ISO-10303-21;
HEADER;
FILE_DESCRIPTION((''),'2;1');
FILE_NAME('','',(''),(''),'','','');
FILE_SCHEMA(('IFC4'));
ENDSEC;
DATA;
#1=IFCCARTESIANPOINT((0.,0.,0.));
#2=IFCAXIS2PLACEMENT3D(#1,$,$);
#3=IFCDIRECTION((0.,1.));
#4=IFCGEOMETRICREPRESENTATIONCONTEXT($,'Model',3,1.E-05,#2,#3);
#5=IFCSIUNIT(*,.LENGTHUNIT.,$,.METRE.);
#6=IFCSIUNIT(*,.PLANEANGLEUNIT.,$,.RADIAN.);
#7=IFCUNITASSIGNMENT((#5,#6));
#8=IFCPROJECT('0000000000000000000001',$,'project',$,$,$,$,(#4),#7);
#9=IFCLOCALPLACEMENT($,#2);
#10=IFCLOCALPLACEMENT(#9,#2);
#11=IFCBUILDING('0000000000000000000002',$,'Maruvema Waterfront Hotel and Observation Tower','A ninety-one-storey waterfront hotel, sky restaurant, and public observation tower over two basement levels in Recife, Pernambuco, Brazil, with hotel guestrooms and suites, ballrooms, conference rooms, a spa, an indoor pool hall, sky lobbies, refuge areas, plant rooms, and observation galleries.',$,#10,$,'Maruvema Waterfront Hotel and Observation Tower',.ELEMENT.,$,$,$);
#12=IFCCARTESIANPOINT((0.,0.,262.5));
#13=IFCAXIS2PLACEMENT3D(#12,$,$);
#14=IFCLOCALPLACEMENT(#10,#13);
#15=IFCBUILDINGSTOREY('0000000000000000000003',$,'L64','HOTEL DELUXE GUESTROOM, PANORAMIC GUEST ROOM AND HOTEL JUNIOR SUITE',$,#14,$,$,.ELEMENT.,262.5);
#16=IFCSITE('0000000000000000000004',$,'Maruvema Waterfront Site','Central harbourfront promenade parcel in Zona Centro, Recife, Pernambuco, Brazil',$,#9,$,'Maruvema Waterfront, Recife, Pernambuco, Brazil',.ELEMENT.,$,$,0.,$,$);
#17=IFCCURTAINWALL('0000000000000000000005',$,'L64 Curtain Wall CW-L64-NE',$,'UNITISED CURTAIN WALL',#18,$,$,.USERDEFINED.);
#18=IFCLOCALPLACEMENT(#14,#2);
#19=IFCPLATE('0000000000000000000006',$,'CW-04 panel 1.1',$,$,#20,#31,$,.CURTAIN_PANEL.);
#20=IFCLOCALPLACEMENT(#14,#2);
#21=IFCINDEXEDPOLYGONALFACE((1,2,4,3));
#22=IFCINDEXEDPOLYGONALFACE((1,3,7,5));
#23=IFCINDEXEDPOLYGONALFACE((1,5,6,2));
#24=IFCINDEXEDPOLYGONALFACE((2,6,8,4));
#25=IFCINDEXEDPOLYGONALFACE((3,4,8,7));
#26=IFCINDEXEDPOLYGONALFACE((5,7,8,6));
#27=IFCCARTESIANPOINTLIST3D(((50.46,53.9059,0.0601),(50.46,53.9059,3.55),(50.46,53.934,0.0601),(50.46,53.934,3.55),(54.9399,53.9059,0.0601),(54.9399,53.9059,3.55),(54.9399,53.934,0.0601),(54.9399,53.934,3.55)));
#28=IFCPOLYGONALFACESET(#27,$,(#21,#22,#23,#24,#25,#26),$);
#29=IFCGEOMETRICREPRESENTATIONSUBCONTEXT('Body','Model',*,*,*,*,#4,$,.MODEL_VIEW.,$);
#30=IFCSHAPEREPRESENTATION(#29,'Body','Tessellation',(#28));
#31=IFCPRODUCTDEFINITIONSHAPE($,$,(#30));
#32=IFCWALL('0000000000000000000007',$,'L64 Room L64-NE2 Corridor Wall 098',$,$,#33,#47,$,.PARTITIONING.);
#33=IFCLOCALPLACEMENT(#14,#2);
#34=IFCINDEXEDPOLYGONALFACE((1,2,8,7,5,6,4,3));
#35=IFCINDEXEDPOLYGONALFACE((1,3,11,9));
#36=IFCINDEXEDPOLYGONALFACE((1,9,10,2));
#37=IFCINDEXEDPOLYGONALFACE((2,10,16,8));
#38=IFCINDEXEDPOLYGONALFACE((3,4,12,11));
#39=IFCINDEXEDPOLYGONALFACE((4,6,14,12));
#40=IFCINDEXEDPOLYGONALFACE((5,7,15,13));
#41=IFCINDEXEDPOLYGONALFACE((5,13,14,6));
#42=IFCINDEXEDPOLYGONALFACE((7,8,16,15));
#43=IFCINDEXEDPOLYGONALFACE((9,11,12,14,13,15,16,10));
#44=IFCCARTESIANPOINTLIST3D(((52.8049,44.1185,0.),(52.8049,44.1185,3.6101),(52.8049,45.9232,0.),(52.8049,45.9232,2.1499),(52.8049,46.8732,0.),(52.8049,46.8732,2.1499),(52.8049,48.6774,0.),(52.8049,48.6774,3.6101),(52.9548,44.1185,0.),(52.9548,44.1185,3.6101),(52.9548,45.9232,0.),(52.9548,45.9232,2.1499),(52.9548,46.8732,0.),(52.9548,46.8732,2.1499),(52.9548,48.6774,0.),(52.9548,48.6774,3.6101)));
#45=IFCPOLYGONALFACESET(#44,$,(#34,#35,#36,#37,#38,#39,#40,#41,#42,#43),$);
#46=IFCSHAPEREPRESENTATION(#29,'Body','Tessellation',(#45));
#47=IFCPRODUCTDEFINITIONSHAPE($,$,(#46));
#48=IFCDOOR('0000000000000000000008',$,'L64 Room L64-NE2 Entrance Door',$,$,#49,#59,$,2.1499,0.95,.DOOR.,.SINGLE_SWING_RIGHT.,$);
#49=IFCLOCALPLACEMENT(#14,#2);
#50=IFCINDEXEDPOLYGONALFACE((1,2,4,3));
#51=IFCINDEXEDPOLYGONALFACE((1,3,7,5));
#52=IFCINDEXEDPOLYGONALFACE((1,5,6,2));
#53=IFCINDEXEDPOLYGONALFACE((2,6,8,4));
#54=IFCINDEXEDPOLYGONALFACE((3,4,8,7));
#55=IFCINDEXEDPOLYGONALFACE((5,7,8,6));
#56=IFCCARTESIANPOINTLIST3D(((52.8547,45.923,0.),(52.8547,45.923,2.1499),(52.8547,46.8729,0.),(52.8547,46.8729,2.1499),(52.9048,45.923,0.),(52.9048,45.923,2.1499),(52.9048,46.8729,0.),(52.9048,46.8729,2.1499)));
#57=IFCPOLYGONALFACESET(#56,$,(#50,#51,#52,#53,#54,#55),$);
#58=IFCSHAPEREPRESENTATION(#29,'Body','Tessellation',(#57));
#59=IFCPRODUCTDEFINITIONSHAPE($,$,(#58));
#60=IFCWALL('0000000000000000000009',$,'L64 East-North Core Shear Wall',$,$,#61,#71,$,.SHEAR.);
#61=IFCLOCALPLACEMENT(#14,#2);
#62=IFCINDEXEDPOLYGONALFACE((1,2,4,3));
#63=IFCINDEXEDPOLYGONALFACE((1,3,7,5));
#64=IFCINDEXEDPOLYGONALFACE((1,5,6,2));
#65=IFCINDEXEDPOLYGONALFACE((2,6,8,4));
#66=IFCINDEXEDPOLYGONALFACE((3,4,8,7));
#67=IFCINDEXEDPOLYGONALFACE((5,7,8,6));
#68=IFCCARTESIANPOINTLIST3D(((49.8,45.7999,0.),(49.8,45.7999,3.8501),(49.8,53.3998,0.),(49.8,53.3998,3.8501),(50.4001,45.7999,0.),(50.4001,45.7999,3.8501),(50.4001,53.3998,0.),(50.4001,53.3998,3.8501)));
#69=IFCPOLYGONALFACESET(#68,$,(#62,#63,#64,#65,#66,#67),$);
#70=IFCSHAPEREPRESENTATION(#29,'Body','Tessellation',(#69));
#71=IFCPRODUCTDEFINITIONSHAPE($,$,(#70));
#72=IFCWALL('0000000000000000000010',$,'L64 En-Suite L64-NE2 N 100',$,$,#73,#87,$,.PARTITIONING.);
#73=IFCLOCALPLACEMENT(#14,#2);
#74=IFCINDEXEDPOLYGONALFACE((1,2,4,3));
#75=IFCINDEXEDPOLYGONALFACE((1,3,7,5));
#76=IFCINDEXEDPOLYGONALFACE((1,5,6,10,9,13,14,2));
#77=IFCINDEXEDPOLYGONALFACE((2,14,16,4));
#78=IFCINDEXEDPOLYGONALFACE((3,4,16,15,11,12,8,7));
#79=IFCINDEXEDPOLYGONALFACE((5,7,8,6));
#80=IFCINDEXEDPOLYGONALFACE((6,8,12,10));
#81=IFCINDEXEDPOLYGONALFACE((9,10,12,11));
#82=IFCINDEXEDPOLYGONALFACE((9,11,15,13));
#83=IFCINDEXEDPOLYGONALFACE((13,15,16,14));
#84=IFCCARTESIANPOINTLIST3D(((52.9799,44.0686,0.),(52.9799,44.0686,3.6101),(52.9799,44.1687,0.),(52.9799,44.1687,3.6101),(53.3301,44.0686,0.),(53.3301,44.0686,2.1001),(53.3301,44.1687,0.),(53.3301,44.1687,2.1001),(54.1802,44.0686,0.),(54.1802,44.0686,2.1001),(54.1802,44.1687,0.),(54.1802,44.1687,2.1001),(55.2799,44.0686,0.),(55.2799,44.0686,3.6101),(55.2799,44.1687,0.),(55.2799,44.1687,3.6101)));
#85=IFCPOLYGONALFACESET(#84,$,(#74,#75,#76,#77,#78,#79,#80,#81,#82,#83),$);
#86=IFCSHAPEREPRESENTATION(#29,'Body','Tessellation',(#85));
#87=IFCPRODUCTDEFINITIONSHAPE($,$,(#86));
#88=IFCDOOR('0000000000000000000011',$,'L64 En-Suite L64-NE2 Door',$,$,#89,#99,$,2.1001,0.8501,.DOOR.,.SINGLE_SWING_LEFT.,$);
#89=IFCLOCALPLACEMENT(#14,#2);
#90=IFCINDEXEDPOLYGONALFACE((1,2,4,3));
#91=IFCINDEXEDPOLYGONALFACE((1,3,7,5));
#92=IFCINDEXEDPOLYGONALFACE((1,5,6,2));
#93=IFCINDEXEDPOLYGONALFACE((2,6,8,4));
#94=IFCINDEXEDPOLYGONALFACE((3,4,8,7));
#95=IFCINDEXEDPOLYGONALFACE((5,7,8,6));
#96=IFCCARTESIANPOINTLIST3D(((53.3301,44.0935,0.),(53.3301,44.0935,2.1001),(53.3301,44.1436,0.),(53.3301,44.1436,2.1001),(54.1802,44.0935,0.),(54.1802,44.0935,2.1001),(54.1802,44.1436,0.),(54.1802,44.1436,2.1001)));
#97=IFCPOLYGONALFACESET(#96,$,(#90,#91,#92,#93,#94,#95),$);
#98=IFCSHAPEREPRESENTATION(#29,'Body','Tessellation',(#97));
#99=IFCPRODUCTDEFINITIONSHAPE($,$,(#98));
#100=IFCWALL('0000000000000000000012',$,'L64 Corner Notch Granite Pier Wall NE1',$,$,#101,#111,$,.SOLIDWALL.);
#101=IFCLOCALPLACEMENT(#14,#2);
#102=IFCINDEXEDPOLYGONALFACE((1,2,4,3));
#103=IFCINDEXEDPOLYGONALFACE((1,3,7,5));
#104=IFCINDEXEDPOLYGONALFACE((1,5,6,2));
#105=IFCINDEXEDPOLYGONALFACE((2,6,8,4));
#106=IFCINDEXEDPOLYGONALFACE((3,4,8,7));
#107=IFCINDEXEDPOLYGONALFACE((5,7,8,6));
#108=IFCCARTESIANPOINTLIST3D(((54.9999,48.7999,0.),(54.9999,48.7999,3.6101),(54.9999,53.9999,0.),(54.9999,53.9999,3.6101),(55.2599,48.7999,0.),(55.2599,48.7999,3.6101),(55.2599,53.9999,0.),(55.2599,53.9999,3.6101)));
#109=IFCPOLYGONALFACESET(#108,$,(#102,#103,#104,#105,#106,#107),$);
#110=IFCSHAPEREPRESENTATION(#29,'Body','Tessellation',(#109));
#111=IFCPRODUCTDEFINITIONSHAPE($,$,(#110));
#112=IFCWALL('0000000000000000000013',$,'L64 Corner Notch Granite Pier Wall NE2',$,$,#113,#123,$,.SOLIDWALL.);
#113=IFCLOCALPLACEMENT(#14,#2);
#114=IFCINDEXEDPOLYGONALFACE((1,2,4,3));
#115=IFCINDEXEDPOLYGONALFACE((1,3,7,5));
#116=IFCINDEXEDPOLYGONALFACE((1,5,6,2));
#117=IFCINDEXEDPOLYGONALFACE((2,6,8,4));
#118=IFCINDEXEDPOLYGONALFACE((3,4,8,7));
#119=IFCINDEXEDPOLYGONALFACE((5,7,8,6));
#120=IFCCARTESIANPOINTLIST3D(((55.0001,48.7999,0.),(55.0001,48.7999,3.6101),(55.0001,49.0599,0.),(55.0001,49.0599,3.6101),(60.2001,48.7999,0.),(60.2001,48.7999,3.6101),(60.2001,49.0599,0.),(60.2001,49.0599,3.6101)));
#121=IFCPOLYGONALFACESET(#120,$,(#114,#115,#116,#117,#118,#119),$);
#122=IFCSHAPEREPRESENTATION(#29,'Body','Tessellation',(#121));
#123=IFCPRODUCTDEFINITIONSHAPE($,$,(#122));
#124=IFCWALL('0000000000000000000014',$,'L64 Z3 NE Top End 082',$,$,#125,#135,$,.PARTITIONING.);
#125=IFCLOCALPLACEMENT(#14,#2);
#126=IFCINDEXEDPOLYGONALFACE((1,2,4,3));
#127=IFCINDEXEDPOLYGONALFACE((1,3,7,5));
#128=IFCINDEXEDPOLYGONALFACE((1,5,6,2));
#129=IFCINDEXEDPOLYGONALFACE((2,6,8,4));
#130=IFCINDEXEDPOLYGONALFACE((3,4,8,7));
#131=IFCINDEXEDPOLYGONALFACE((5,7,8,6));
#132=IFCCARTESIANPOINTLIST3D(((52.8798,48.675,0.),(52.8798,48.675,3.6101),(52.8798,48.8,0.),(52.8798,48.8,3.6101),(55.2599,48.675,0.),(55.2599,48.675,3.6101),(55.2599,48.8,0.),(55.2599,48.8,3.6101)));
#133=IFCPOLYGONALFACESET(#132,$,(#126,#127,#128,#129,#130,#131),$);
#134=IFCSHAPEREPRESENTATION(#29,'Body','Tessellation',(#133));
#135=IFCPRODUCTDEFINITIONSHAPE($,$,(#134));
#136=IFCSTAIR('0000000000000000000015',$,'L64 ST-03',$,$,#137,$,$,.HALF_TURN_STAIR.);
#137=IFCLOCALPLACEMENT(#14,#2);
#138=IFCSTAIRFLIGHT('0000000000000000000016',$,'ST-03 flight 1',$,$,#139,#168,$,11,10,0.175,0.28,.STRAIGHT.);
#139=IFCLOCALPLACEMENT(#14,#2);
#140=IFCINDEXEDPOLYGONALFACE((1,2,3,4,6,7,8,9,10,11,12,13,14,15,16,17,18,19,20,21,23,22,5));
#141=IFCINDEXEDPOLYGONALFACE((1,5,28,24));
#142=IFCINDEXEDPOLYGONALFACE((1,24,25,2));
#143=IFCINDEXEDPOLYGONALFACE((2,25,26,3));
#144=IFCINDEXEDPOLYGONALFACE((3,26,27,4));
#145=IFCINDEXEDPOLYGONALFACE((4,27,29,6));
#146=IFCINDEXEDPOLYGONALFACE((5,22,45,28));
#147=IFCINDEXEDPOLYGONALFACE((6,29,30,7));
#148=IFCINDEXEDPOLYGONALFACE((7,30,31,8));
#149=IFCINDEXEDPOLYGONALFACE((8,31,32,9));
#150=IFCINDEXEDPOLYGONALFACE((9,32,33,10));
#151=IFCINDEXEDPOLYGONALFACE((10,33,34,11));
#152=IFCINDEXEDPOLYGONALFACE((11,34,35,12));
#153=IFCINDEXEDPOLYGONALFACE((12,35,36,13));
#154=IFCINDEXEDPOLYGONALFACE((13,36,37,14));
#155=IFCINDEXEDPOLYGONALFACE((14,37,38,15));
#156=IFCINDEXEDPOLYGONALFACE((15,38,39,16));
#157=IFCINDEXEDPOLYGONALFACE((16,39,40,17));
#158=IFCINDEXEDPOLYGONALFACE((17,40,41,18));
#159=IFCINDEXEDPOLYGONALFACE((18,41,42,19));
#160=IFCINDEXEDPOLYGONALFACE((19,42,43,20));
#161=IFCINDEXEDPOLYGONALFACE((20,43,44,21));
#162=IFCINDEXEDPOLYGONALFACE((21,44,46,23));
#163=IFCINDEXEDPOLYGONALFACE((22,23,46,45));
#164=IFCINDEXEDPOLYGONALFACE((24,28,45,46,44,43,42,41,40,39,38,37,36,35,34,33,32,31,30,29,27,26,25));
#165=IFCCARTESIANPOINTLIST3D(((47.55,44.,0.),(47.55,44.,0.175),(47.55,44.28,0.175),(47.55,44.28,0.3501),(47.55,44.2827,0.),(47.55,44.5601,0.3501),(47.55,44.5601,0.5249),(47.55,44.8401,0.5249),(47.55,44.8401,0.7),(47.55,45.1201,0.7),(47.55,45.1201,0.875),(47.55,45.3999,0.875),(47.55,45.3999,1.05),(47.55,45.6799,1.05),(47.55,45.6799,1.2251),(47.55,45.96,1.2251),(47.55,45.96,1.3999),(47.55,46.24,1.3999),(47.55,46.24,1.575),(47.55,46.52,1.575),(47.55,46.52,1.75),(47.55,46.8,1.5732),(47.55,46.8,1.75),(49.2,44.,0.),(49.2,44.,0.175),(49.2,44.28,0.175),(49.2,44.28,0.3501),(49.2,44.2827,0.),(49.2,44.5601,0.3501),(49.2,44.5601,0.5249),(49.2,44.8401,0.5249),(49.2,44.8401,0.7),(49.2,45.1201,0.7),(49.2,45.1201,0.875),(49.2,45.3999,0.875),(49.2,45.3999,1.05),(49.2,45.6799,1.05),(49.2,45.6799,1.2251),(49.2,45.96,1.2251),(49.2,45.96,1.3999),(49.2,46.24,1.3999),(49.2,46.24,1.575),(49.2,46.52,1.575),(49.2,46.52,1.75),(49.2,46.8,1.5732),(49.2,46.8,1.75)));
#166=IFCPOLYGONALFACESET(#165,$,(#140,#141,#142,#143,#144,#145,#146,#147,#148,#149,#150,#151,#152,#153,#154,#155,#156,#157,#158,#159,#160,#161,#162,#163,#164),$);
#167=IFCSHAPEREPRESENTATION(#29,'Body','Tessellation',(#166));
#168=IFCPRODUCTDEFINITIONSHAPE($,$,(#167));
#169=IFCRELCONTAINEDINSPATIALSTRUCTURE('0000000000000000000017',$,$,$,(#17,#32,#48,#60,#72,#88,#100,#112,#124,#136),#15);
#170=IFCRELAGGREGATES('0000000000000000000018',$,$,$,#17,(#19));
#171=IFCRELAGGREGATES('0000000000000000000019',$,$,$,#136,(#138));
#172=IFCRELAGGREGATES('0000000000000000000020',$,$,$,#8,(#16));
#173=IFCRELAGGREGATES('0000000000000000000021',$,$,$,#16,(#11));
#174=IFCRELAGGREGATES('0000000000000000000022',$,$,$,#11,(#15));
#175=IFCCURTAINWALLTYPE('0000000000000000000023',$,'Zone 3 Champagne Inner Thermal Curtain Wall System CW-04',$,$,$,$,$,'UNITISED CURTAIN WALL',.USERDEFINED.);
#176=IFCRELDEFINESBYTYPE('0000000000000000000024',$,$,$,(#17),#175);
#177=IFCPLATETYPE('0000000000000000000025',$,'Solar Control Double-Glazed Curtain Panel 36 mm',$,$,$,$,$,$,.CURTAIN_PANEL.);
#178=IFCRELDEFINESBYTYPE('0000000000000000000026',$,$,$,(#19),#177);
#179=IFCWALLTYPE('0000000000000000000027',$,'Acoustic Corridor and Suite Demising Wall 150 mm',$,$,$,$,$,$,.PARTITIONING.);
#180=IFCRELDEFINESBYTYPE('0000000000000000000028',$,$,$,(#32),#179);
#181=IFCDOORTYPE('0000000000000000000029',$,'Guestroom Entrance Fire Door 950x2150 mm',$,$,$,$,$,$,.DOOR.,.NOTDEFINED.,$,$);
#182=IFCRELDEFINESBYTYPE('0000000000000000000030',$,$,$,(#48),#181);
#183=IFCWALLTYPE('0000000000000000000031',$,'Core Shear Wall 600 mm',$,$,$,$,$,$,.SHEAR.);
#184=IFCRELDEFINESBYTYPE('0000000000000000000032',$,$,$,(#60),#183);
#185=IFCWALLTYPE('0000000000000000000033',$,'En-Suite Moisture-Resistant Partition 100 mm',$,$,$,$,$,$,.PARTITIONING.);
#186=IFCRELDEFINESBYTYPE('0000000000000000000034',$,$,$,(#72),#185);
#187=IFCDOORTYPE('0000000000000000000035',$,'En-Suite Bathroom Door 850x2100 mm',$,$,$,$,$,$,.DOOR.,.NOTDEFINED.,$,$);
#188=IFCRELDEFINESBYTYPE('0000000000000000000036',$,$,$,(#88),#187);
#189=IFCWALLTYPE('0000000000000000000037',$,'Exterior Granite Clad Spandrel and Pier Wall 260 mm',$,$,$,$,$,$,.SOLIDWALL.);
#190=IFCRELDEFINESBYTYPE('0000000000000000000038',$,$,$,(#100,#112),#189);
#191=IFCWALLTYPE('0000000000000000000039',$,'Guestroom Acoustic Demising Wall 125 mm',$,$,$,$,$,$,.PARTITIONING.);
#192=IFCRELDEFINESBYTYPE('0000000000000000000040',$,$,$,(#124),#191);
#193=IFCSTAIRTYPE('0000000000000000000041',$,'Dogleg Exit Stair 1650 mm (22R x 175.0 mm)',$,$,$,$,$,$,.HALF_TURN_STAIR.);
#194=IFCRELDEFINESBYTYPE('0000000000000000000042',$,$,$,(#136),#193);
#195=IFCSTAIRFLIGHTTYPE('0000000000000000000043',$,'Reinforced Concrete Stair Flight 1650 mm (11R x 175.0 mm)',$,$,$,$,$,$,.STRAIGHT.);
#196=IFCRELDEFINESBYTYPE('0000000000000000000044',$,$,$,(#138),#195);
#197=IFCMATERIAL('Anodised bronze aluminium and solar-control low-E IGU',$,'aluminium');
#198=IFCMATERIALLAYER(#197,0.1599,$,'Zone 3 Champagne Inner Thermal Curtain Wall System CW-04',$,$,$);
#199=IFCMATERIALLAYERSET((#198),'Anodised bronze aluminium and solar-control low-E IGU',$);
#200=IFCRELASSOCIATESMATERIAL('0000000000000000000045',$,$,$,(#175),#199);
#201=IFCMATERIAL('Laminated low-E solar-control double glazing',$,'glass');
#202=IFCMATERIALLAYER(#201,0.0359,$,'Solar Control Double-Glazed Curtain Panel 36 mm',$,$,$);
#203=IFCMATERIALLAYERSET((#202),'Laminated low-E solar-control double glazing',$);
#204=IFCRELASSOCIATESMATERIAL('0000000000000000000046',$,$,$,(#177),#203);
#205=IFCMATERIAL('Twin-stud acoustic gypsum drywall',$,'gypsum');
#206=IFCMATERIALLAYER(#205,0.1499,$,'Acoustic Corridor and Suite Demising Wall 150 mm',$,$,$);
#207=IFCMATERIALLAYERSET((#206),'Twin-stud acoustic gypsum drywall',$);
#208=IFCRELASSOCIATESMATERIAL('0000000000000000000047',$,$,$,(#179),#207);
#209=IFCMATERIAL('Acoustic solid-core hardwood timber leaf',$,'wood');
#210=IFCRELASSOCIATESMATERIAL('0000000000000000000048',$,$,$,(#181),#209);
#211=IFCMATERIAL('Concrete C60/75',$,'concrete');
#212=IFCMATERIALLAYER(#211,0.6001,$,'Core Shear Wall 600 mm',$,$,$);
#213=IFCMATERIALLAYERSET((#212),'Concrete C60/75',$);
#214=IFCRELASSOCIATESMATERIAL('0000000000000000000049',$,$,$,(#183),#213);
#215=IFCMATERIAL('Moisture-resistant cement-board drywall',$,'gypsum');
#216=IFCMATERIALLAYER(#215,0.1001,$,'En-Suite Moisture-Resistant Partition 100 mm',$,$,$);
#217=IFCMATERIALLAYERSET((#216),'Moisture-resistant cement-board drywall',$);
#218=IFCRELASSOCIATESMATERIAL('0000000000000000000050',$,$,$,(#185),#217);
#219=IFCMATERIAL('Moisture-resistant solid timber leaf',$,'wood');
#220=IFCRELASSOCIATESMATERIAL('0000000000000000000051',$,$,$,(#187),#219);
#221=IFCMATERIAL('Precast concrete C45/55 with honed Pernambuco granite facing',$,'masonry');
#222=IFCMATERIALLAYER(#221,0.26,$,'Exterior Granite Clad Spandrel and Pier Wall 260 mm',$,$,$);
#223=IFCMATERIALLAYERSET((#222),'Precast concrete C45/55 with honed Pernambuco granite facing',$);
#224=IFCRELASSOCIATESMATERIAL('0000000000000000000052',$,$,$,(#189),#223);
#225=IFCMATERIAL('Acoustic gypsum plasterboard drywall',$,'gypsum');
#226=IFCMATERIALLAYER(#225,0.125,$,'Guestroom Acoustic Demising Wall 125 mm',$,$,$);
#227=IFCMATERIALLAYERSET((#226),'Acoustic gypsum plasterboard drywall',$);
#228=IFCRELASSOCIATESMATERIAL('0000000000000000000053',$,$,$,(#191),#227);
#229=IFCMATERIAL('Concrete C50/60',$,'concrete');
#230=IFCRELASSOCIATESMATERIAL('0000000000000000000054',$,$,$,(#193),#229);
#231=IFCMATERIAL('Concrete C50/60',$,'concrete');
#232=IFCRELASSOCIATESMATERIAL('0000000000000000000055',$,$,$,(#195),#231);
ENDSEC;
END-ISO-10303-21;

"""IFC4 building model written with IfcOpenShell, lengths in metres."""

from ifc_helpers import new_model, si_unit, direction, frame, frame_2d, origin, origin_2d, place, context, subcontext, project, spatial, polyline, rectangle, outline, extrude, material, layer, layer_set, type_object, element, fill, aggregate, save


model = new_model("IFC4")

# Units and contexts
model_context = context("Model", 3, precision=1e-05, world=origin(), true_north=direction((0.0, 1.0)))
body_context = subcontext(model_context, "Body", "Model", "MODEL_VIEW")
ifc_project = project(units=[si_unit("LENGTHUNIT", "METRE"), si_unit("PLANEANGLEUNIT", "RADIAN")], contexts=[model_context])

# Site, building, storey
site_placement = place(None, origin())
site = spatial("IfcSite", under=ifc_project, at=site_placement, Name="Maruvema Waterfront Site", Description="Central harbourfront promenade parcel in Zona Centro, Recife, Pernambuco, Brazil", LongName="Maruvema Waterfront, Recife, Pernambuco, Brazil", CompositionType="ELEMENT", RefElevation=0.0)
building_placement = place(site_placement, origin())
building = spatial("IfcBuilding", under=site, at=building_placement, Name="Maruvema Waterfront Hotel and Observation Tower", Description="A ninety-one-storey waterfront hotel, sky restaurant, and public observation tower over two basement levels in Recife, Pernambuco, Brazil, with hotel guestrooms and suites, ballrooms, conference rooms, a spa, an indoor pool hall, sky lobbies, refuge areas, plant rooms, and observation galleries.", LongName="Maruvema Waterfront Hotel and Observation Tower", CompositionType="ELEMENT")
storey_placement = place(building_placement, frame((0.0, 0.0, 262.5)))
storey = spatial("IfcBuildingStorey", under=building, at=storey_placement, Name="L64", Description="HOTEL DELUXE GUESTROOM, PANORAMIC GUEST ROOM AND HOTEL JUNIOR SUITE", CompositionType="ELEMENT", Elevation=262.5)

# Curtain wall
ifc_material_1 = material(Name="Anodised bronze aluminium and solar-control low-E IGU", Category="aluminium")
ifc_layer_1 = layer(ifc_material_1, 0.1599, Name="Zone 3 Champagne Inner Thermal Curtain Wall System CW-04")
ifc_layer_set_1 = layer_set([ifc_layer_1], Name="Anodised bronze aluminium and solar-control low-E IGU")
curtain_wall_type = type_object("IfcCurtainWallType", Name="Zone 3 Champagne Inner Thermal Curtain Wall System CW-04", ElementType="UNITISED CURTAIN WALL", PredefinedType="USERDEFINED", material=ifc_layer_set_1)
curtain_wall_1_placement = place(storey_placement, origin())
curtain_wall_1 = element("IfcCurtainWall", 1, at=curtain_wall_1_placement, inside=storey, type_object=curtain_wall_type, Name="L64 Curtain Wall CW-L64-NE", ObjectType="UNITISED CURTAIN WALL", PredefinedType="USERDEFINED")

# Plate
ifc_material_2 = material(Name="Laminated low-E solar-control double glazing", Category="glass")
ifc_layer_2 = layer(ifc_material_2, 0.0359, Name="Solar Control Double-Glazed Curtain Panel 36 mm")
ifc_layer_set_2 = layer_set([ifc_layer_2], Name="Laminated low-E solar-control double glazing")
plate_type = type_object("IfcPlateType", Name="Solar Control Double-Glazed Curtain Panel 36 mm", PredefinedType="CURTAIN_PANEL", material=ifc_layer_set_2)
plate_1_placement = place(storey_placement, frame((52.7, 53.9199, 0.0601), z_axis=(0.0, 0.0, 1.0), x_axis=(-1.0, 0.0, 0.0)))
plate_1 = element("IfcPlate", 2, at=plate_1_placement, type_object=plate_type, Name="CW-04 panel 1.1", PredefinedType="CURTAIN_PANEL", context=body_context, shape_type="SweptSolid", body=[
    extrude(rectangle(XDim=4.48, YDim=0.0281, at=origin_2d()), origin(), (0.0, 0.0, 1.0), 3.49),
])
aggregate(curtain_wall_1, [plate_1])

# Wall, opening, door
ifc_material_3 = material(Name="Twin-stud acoustic gypsum drywall", Category="gypsum")
ifc_layer_3 = layer(ifc_material_3, 0.1499, Name="Acoustic Corridor and Suite Demising Wall 150 mm")
ifc_layer_set_3 = layer_set([ifc_layer_3], Name="Twin-stud acoustic gypsum drywall")
wall_type_1 = type_object("IfcWallType", Name="Acoustic Corridor and Suite Demising Wall 150 mm", PredefinedType="PARTITIONING", material=ifc_layer_set_3)
wall_1_placement = place(storey_placement, frame((52.8799, 44.1187, 0.0), z_axis=(0.0, 0.0, 1.0), x_axis=(0.0, 1.0, 0.0)))
wall_1 = element("IfcWall", 3, at=wall_1_placement, inside=storey, type_object=wall_type_1, Name="L64 Room L64-NE2 Corridor Wall 098", PredefinedType="PARTITIONING", context=body_context, shape_type="SweptSolid", body=[
    extrude(rectangle(XDim=4.5588, YDim=0.1499, at=frame_2d((2.2793, 0.0))), origin(), (0.0, 0.0, 1.0), 3.6101),
])
opening_1_placement = place(wall_1_placement, frame((1.8044, 0.0, 0.0)))
opening_1 = element("IfcOpeningElement", 4, at=opening_1_placement, cuts=wall_1, PredefinedType="OPENING", context=body_context, shape_type="SweptSolid", body=[
    extrude(rectangle(XDim=0.95, YDim=2.1499, at=frame_2d((0.4751, 1.075))), frame((0.0, 0.085, 0.0), z_axis=(0.0, -1.0, 0.0), x_axis=(1.0, 0.0, 0.0)), (0.0, 0.0, 1.0), 0.1699),
])
ifc_material_4 = material(Name="Acoustic solid-core hardwood timber leaf", Category="wood")
door_type_1 = type_object("IfcDoorType", Name="Guestroom Entrance Fire Door 950x2150 mm", OperationType="NOTDEFINED", PredefinedType="DOOR", material=ifc_material_4)
door_1_placement = place(opening_1_placement, frame((0.95, 0.0, 0.0), z_axis=(0.0, 0.0, 1.0), x_axis=(-1.0, 0.0, 0.0)))
door_1 = element("IfcDoor", 5, at=door_1_placement, inside=storey, type_object=door_type_1, Name="L64 Room L64-NE2 Entrance Door", OperationType="SINGLE_SWING_RIGHT", OverallHeight=2.1499, OverallWidth=0.95, PredefinedType="DOOR", context=body_context, shape_type="SweptSolid", body=[
    extrude(rectangle(XDim=0.95, YDim=2.1499, at=frame_2d((0.4751, 1.075))), frame((0.0, 0.0249, 0.0), z_axis=(0.0, -1.0, 0.0), x_axis=(1.0, 0.0, 0.0)), (0.0, 0.0, 1.0), 0.05),
])
fill(opening_1, door_1)

# Wall
ifc_material_5 = material(Name="Concrete C60/75", Category="concrete")
ifc_layer_4 = layer(ifc_material_5, 0.6001, Name="Core Shear Wall 600 mm")
ifc_layer_set_4 = layer_set([ifc_layer_4], Name="Concrete C60/75")
wall_type_2 = type_object("IfcWallType", Name="Core Shear Wall 600 mm", PredefinedType="SHEAR", material=ifc_layer_set_4)
wall_2_placement = place(storey_placement, frame((50.1001, 45.8, 0.0), z_axis=(0.0, 0.0, 1.0), x_axis=(0.0, 1.0, 0.0)))
element("IfcWall", 6, at=wall_2_placement, inside=storey, type_object=wall_type_2, Name="L64 East-North Core Shear Wall", PredefinedType="SHEAR", context=body_context, shape_type="SweptSolid", body=[
    extrude(rectangle(XDim=7.5999, YDim=0.6001, at=frame_2d((3.7998, 0.0))), origin(), (0.0, 0.0, 1.0), 3.8501),
])

# Wall, opening, door
ifc_material_6 = material(Name="Moisture-resistant cement-board drywall", Category="gypsum")
ifc_layer_5 = layer(ifc_material_6, 0.1001, Name="En-Suite Moisture-Resistant Partition 100 mm")
ifc_layer_set_5 = layer_set([ifc_layer_5], Name="Moisture-resistant cement-board drywall")
wall_type_3 = type_object("IfcWallType", Name="En-Suite Moisture-Resistant Partition 100 mm", PredefinedType="PARTITIONING", material=ifc_layer_set_5)
wall_3_placement = place(storey_placement, frame((52.98, 44.1187, 0.0), z_axis=(0.0, 0.0, 1.0), x_axis=(1.0, 0.0, 0.0)))
wall_3 = element("IfcWall", 7, at=wall_3_placement, inside=storey, type_object=wall_type_3, Name="L64 En-Suite L64-NE2 N 100", PredefinedType="PARTITIONING", context=body_context, shape_type="SweptSolid", body=[
    extrude(rectangle(XDim=2.3, YDim=0.1001, at=frame_2d((1.1499, 0.0))), origin(), (0.0, 0.0, 1.0), 3.6101),
])
opening_2_placement = place(wall_3_placement, frame((0.3501, 0.0, 0.0)))
opening_2 = element("IfcOpeningElement", 8, at=opening_2_placement, cuts=wall_3, PredefinedType="OPENING", context=body_context, shape_type="SweptSolid", body=[
    extrude(rectangle(XDim=0.8501, YDim=2.1001, at=frame_2d((0.425, 1.05))), frame((0.0, 0.0601, 0.0), z_axis=(0.0, -1.0, 0.0), x_axis=(1.0, 0.0, 0.0)), (0.0, 0.0, 1.0), 0.1201),
])
ifc_material_7 = material(Name="Moisture-resistant solid timber leaf", Category="wood")
door_type_2 = type_object("IfcDoorType", Name="En-Suite Bathroom Door 850x2100 mm", OperationType="NOTDEFINED", PredefinedType="DOOR", material=ifc_material_7)
door_2_placement = place(opening_2_placement, origin())
door_2 = element("IfcDoor", 9, at=door_2_placement, inside=storey, type_object=door_type_2, Name="L64 En-Suite L64-NE2 Door", OperationType="SINGLE_SWING_LEFT", OverallHeight=2.1001, OverallWidth=0.8501, PredefinedType="DOOR", context=body_context, shape_type="SweptSolid", body=[
    extrude(rectangle(XDim=0.8501, YDim=2.1001, at=frame_2d((0.425, 1.05))), frame((0.0, 0.0249, 0.0), z_axis=(0.0, -1.0, 0.0), x_axis=(1.0, 0.0, 0.0)), (0.0, 0.0, 1.0), 0.05),
])
fill(opening_2, door_2)

# Walls
ifc_material_8 = material(Name="Precast concrete C45/55 with honed Pernambuco granite facing", Category="masonry")
ifc_layer_6 = layer(ifc_material_8, 0.26, Name="Exterior Granite Clad Spandrel and Pier Wall 260 mm")
ifc_layer_set_6 = layer_set([ifc_layer_6], Name="Precast concrete C45/55 with honed Pernambuco granite facing")
wall_type_4 = type_object("IfcWallType", Name="Exterior Granite Clad Spandrel and Pier Wall 260 mm", PredefinedType="SOLIDWALL", material=ifc_layer_set_6)
for number, where, z_axis, x_axis, name in (
    (10, (55.1299, 54.0, 0.0), (0.0, 0.0, 1.0), (0.0, -1.0, 0.0), "L64 Corner Notch Granite Pier Wall NE1"),
    (11, (55.0, 48.9299, 0.0), (0.0, 0.0, 1.0), (1.0, 0.0, 0.0), "L64 Corner Notch Granite Pier Wall NE2"),
):
    element("IfcWall", number, at=place(storey_placement, frame(where, z_axis=z_axis, x_axis=x_axis)), inside=storey, type_object=wall_type_4, Name=name, PredefinedType="SOLIDWALL", context=body_context, shape_type="SweptSolid", body=[
        extrude(rectangle(XDim=5.2, YDim=0.26, at=frame_2d((2.6001, 0.0))), origin(), (0.0, 0.0, 1.0), 3.6101),
    ])
ifc_material_9 = material(Name="Acoustic gypsum plasterboard drywall", Category="gypsum")
ifc_layer_7 = layer(ifc_material_9, 0.125, Name="Guestroom Acoustic Demising Wall 125 mm")
ifc_layer_set_7 = layer_set([ifc_layer_7], Name="Acoustic gypsum plasterboard drywall")
wall_type_5 = type_object("IfcWallType", Name="Guestroom Acoustic Demising Wall 125 mm", PredefinedType="PARTITIONING", material=ifc_layer_set_7)
wall_4_placement = place(storey_placement, frame((52.8799, 48.7375, 0.0), z_axis=(0.0, 0.0, 1.0), x_axis=(1.0, 0.0, 0.0)))
element("IfcWall", 12, at=wall_4_placement, inside=storey, type_object=wall_type_5, Name="L64 Z3 NE Top End 082", PredefinedType="PARTITIONING", context=body_context, shape_type="SweptSolid", body=[
    extrude(rectangle(XDim=2.3801, YDim=0.125, at=frame_2d((1.1899, 0.0))), origin(), (0.0, 0.0, 1.0), 3.6101),
])

# Stair, stair flight
ifc_material_10 = material(Name="Concrete C50/60", Category="concrete")
stair_type = type_object("IfcStairType", Name="Dogleg Exit Stair 1650 mm (22R x 175.0 mm)", PredefinedType="HALF_TURN_STAIR", material=ifc_material_10)
stair_placement = place(storey_placement, origin())
stair = element("IfcStair", 13, at=stair_placement, inside=storey, type_object=stair_type, Name="L64 ST-03", PredefinedType="HALF_TURN_STAIR")
ifc_material_11 = material(Name="Concrete C50/60", Category="concrete")
stair_flight_type = type_object("IfcStairFlightType", Name="Reinforced Concrete Stair Flight 1650 mm (11R x 175.0 mm)", PredefinedType="STRAIGHT", material=ifc_material_11)
stair_flight_placement = place(storey_placement, frame((48.375, 44.0, 0.0), z_axis=(0.0, 0.0, 1.0), x_axis=(0.0, 1.0, 0.0)))
stair_flight = element("IfcStairFlight", 14, at=stair_flight_placement, type_object=stair_flight_type, Name="ST-03 flight 1", NumberOfRisers=11, NumberOfTreads=10, PredefinedType="STRAIGHT", RiserHeight=0.175, TreadLength=0.28, context=body_context, shape_type="SweptSolid", body=[
    extrude(outline(polyline([(0.0, 0.0), (0.0, 0.175), (0.28, 0.175), (0.28, 0.3501), (0.5601, 0.3501), (0.5601, 0.5249), (0.8401, 0.5249), (0.8401, 0.7), (1.1201, 0.7), (1.1201, 0.875), (1.3999, 0.875), (1.3999, 1.05), (1.6799, 1.05), (1.6799, 1.2251), (1.96, 1.2251), (1.96, 1.3999), (2.24, 1.3999), (2.24, 1.575), (2.52, 1.575), (2.52, 1.75), (2.8, 1.75), (2.8, 1.925), (2.8, 1.5732), (0.2827, 0.0), (0.0, 0.0)])), frame((0.0, 0.825, 0.0), z_axis=(0.0, -1.0, 0.0), x_axis=(1.0, 0.0, 0.0)), (0.0, 0.0, 1.0), 1.6499),
])
aggregate(stair, [stair_flight])

save(model, "model.ifc")
